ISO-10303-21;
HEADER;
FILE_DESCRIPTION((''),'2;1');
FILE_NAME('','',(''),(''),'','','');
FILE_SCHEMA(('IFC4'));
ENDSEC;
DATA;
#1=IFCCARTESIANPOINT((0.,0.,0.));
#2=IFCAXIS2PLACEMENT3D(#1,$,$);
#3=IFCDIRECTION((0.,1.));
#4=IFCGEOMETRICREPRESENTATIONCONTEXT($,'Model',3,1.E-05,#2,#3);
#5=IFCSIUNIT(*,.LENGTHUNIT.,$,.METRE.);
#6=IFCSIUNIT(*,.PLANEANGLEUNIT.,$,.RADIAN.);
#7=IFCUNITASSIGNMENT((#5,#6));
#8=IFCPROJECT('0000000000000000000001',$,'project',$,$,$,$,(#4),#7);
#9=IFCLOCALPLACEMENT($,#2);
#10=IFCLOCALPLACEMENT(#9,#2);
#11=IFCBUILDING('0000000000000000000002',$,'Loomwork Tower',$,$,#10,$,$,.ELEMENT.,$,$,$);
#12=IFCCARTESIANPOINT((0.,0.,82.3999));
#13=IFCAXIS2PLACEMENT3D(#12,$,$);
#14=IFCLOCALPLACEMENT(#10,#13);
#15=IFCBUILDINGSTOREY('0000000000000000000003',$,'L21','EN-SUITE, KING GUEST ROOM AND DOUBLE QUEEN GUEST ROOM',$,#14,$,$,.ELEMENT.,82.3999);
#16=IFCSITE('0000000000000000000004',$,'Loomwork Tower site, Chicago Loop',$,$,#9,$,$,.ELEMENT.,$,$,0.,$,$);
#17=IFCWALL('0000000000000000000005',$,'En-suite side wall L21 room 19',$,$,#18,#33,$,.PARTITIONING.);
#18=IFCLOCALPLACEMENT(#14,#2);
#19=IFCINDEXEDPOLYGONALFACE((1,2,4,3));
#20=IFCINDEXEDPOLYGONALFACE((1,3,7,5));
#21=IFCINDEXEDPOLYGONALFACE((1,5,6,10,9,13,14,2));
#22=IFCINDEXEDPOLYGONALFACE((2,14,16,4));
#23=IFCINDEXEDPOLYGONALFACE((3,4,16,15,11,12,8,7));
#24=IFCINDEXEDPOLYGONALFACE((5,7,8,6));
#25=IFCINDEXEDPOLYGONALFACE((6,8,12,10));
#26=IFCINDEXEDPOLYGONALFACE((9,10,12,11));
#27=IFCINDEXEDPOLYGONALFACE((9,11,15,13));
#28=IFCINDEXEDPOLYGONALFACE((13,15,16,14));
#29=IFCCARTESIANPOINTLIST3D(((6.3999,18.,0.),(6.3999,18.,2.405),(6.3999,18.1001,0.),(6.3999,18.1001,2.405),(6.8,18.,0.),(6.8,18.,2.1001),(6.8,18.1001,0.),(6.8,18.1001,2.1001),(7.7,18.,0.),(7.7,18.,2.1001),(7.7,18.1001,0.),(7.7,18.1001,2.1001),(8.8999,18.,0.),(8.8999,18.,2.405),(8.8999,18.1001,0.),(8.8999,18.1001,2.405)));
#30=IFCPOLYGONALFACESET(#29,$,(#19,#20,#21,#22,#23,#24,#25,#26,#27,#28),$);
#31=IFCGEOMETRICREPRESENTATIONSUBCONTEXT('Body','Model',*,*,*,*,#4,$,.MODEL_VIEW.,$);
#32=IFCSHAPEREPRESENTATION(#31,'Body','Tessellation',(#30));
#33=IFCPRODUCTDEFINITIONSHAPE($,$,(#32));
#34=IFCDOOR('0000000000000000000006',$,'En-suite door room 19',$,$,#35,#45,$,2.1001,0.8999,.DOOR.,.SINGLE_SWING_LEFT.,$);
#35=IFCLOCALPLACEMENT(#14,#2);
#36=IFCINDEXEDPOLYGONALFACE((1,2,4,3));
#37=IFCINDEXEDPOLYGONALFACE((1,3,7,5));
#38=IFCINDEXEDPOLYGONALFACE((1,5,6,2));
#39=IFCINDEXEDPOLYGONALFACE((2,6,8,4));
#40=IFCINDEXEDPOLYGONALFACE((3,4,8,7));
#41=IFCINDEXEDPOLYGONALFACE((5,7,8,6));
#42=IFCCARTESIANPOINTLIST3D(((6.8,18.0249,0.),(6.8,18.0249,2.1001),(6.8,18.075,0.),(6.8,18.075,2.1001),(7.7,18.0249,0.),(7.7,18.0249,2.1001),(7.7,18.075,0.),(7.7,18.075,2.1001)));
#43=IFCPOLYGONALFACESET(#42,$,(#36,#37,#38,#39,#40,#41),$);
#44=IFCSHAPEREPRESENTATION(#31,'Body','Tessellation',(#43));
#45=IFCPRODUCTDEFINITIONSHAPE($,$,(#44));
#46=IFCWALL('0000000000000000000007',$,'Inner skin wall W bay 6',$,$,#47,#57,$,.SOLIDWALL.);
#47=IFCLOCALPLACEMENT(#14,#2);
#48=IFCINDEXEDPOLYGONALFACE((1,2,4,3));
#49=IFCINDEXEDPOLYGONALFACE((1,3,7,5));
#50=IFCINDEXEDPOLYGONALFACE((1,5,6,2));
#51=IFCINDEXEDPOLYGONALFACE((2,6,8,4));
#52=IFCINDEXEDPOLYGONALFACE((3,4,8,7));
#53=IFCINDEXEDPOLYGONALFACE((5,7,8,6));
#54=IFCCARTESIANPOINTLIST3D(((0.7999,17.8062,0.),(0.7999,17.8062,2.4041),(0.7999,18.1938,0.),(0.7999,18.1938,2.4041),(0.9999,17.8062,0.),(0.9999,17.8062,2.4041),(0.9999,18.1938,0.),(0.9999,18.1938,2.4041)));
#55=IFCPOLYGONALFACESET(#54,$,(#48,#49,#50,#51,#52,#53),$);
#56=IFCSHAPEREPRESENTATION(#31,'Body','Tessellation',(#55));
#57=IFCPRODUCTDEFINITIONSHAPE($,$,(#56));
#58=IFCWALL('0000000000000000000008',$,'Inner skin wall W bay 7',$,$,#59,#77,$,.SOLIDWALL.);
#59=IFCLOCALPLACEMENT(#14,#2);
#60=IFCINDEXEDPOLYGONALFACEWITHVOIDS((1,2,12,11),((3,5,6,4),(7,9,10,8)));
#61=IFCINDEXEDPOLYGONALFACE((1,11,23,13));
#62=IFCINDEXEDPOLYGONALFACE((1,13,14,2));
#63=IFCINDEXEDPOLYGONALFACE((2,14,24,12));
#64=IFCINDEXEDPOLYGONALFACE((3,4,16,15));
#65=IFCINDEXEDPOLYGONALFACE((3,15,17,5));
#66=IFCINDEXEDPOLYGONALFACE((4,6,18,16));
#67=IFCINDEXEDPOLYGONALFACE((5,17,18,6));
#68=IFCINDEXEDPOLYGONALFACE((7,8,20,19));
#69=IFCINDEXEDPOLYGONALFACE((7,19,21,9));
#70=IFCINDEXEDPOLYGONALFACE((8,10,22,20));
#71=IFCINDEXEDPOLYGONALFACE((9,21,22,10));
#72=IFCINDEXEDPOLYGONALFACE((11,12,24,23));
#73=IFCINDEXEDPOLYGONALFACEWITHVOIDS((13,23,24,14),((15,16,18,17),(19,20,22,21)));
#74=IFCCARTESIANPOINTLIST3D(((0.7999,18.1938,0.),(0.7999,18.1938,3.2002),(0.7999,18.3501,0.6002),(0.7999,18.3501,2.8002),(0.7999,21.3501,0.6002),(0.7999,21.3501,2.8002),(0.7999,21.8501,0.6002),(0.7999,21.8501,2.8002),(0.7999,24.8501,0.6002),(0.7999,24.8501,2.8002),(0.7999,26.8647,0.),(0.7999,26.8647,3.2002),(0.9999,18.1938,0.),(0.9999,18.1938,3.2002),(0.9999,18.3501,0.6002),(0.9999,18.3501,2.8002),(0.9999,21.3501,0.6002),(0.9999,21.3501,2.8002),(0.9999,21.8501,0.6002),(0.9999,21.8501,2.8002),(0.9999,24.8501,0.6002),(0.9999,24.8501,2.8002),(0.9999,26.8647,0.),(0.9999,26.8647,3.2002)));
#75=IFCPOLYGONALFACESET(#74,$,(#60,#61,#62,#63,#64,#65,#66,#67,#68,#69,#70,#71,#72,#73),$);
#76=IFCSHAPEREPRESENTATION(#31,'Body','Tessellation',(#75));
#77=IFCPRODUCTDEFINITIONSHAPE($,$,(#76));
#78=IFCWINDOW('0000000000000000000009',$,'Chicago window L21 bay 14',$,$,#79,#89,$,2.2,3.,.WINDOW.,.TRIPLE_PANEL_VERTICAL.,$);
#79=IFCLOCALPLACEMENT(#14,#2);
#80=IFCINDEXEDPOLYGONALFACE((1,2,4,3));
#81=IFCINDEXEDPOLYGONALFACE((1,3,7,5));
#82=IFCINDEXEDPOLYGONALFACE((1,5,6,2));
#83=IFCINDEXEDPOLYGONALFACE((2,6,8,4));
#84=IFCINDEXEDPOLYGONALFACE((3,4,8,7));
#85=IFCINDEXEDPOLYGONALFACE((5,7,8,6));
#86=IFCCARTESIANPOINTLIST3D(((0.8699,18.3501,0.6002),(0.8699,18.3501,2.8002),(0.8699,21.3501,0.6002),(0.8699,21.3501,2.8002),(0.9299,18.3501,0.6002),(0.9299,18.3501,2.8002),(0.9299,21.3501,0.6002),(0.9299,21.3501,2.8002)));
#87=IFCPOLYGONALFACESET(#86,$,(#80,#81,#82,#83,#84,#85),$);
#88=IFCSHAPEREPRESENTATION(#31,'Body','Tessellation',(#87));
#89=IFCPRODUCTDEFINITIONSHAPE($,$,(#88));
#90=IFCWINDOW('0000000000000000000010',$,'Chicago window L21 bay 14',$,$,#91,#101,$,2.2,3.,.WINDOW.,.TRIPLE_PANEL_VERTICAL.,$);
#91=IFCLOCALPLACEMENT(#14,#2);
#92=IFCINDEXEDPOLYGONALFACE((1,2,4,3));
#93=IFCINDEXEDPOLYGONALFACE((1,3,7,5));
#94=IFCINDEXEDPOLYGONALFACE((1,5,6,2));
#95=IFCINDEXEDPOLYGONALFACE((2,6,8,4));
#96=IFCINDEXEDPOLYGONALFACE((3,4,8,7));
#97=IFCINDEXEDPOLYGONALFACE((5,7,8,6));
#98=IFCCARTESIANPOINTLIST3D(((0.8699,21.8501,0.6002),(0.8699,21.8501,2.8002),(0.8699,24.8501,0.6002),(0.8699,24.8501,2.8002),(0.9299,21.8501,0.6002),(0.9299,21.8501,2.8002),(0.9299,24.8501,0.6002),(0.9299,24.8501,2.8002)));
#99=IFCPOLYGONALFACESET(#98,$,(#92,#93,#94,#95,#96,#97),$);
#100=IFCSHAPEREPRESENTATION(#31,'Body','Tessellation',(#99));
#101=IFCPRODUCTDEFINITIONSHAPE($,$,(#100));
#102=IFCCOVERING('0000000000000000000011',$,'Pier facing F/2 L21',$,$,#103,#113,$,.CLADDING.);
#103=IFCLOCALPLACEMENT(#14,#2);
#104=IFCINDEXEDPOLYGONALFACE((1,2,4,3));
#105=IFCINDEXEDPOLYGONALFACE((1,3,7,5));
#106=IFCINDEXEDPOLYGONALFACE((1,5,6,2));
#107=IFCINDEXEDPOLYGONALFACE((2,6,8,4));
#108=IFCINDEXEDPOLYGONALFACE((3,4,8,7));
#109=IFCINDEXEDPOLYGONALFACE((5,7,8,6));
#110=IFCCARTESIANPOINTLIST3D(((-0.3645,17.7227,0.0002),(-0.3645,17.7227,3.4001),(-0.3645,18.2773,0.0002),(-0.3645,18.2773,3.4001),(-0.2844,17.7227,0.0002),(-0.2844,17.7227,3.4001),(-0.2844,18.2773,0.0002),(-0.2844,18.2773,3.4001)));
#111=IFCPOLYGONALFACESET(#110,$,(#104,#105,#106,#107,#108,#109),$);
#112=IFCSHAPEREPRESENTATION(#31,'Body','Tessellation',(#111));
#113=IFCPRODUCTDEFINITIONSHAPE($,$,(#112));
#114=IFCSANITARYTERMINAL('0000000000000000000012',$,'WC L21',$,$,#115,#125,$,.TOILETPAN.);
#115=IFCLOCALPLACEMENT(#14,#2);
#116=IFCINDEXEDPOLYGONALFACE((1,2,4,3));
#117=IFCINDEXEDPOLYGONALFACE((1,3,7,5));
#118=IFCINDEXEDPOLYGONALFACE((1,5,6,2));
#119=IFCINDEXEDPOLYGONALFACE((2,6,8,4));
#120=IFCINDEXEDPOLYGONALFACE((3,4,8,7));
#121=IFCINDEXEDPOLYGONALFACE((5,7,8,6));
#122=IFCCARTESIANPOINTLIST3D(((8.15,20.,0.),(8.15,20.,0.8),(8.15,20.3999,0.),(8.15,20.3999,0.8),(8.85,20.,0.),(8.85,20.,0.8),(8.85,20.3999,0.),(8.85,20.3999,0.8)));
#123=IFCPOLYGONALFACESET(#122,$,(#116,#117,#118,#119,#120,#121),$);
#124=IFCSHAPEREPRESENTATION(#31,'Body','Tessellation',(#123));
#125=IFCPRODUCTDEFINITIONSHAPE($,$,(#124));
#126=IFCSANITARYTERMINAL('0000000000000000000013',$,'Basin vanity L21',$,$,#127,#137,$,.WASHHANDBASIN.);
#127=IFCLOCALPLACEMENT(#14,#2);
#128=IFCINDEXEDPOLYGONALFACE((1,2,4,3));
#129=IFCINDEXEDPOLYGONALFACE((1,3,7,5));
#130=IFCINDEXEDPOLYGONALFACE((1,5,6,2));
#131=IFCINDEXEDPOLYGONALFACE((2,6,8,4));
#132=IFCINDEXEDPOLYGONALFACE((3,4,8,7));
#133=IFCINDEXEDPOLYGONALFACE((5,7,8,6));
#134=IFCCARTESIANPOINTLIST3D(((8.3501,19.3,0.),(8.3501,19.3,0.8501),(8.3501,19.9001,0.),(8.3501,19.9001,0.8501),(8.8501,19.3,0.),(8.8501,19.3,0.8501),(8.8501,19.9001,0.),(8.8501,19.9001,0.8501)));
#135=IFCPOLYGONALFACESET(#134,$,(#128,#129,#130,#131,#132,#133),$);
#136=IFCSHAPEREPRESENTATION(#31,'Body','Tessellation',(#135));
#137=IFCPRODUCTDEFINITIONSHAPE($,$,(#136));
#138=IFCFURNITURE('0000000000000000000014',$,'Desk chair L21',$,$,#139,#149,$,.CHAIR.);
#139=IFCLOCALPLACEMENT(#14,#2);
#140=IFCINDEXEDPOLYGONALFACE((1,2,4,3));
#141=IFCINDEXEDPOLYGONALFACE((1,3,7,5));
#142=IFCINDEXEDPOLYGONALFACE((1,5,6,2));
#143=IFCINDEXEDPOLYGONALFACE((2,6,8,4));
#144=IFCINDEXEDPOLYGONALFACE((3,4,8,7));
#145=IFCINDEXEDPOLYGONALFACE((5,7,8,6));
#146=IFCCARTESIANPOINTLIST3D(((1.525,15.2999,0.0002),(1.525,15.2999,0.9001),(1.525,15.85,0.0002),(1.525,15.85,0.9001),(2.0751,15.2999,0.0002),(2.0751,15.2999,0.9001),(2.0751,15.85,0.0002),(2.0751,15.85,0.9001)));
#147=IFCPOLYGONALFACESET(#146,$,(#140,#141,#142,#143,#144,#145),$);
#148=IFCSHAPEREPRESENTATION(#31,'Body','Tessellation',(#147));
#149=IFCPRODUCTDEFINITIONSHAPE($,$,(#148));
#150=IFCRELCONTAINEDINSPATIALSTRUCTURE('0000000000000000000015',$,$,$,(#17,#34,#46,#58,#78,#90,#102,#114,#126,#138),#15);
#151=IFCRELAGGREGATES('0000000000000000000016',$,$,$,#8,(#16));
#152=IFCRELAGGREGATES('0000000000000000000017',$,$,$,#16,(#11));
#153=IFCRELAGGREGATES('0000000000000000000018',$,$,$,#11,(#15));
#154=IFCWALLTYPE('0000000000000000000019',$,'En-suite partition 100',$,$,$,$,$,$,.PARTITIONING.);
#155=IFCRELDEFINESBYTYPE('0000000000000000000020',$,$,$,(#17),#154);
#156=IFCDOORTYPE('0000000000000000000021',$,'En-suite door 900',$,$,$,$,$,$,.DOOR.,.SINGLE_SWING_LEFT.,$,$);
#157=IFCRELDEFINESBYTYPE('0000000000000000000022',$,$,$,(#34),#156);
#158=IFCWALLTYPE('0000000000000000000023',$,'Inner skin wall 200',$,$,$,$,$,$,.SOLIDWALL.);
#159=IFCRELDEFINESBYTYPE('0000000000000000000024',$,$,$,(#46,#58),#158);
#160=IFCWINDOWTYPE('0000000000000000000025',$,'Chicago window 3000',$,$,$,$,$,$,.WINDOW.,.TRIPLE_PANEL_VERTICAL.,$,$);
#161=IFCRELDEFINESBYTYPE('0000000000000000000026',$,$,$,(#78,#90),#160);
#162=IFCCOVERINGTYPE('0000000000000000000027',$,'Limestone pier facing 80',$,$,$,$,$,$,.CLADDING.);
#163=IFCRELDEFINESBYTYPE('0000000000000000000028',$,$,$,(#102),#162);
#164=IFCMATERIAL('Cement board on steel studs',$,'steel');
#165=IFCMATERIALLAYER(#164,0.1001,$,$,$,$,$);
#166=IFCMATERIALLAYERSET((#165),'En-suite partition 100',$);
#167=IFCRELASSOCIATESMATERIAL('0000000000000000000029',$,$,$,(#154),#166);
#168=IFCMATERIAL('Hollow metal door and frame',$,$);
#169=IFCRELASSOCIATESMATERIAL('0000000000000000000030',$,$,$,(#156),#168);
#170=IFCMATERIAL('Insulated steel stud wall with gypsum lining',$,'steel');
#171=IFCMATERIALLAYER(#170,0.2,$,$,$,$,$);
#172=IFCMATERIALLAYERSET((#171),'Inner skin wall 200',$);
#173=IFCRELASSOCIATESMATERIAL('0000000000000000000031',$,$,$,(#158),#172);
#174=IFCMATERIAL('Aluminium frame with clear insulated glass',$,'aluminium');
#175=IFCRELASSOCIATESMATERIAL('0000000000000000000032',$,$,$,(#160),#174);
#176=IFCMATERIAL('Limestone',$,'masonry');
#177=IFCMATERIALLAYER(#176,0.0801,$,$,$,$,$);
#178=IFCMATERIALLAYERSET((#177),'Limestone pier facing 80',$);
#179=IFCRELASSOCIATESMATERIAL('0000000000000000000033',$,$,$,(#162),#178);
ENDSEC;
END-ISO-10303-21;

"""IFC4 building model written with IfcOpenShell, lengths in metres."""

from ifc_helpers import new_model, si_unit, direction, frame, frame_2d, origin, origin_2d, place, context, subcontext, project, spatial, rectangle, extrude, material, layer, layer_set, type_object, element, fill, save


model = new_model("IFC4")

# Units and contexts
model_context = context("Model", 3, precision=1e-05, world=origin(), true_north=direction((0.0, 1.0)))
body_context = subcontext(model_context, "Body", "Model", "MODEL_VIEW")
ifc_project = project(units=[si_unit("LENGTHUNIT", "METRE"), si_unit("PLANEANGLEUNIT", "RADIAN")], contexts=[model_context])

# Site, building, storey
site_placement = place(None, origin())
site = spatial("IfcSite", under=ifc_project, at=site_placement, Name="Loomwork Tower site, Chicago Loop", CompositionType="ELEMENT", RefElevation=0.0)
building_placement = place(site_placement, origin())
building = spatial("IfcBuilding", under=site, at=building_placement, Name="Loomwork Tower", CompositionType="ELEMENT")
storey_placement = place(building_placement, frame((0.0, 0.0, 82.3999)))
storey = spatial("IfcBuildingStorey", under=building, at=storey_placement, Name="L21", Description="EN-SUITE, KING GUEST ROOM AND DOUBLE QUEEN GUEST ROOM", CompositionType="ELEMENT", Elevation=82.3999)

# Shared definitions
ifc_material_1 = material(Name="Cement board on steel studs", Category="steel")
ifc_layer_1 = layer(ifc_material_1, 0.1001)
ifc_layer_set_1 = layer_set([ifc_layer_1], Name="En-suite partition 100")
wall_type_1 = type_object("IfcWallType", Name="En-suite partition 100", PredefinedType="PARTITIONING", material=ifc_layer_set_1)

# Wall, opening, door
wall_1_placement = place(storey_placement, frame((8.8999, 18.05, 0.0), z_axis=(0.0, 0.0, 1.0), x_axis=(-1.0, 0.0, 0.0)))
wall_1 = element("IfcWall", 1, at=wall_1_placement, inside=storey, type_object=wall_type_1, Name="En-suite side wall L21 room 19", PredefinedType="PARTITIONING", context=body_context, shape_type="SweptSolid", body=[
    extrude(rectangle(XDim=2.5, YDim=0.1001, at=frame_2d((1.25, 0.0))), origin(), (0.0, 0.0, 1.0), 2.405),
])
opening_1_placement = place(wall_1_placement, frame((1.2, 0.0, 0.0)))
opening_1 = element("IfcOpeningElement", 2, at=opening_1_placement, cuts=wall_1, PredefinedType="OPENING", context=body_context, shape_type="SweptSolid", body=[
    extrude(rectangle(XDim=0.8999, YDim=2.1001, at=frame_2d((0.45, 1.05))), frame((0.0, 0.0601, 0.0), z_axis=(0.0, -1.0, 0.0), x_axis=(1.0, 0.0, 0.0)), (0.0, 0.0, 1.0), 0.1201),
])
ifc_material_2 = material(Name="Hollow metal door and frame")
door_type = type_object("IfcDoorType", Name="En-suite door 900", OperationType="SINGLE_SWING_LEFT", PredefinedType="DOOR", material=ifc_material_2)
door_placement = place(opening_1_placement, frame((0.8999, 0.0, 0.0), z_axis=(0.0, 0.0, 1.0), x_axis=(-1.0, 0.0, 0.0)))
door = element("IfcDoor", 3, at=door_placement, inside=storey, type_object=door_type, Name="En-suite door room 19", OperationType="SINGLE_SWING_LEFT", OverallHeight=2.1001, OverallWidth=0.8999, PredefinedType="DOOR", context=body_context, shape_type="SweptSolid", body=[
    extrude(rectangle(XDim=0.8999, YDim=2.1001, at=frame_2d((0.45, 1.05))), frame((0.0, 0.0249, 0.0), z_axis=(0.0, -1.0, 0.0), x_axis=(1.0, 0.0, 0.0)), (0.0, 0.0, 1.0), 0.05),
])
fill(opening_1, door)

# Wall
ifc_material_3 = material(Name="Insulated steel stud wall with gypsum lining", Category="steel")
ifc_layer_2 = layer(ifc_material_3, 0.2)
ifc_layer_set_2 = layer_set([ifc_layer_2], Name="Inner skin wall 200")
wall_type_2 = type_object("IfcWallType", Name="Inner skin wall 200", PredefinedType="SOLIDWALL", material=ifc_layer_set_2)
wall_2_placement = place(storey_placement, frame((0.8999, 17.8062, 0.0), z_axis=(0.0, 0.0, 1.0), x_axis=(0.0, 1.0, 0.0)))
element("IfcWall", 4, at=wall_2_placement, inside=storey, type_object=wall_type_2, Name="Inner skin wall W bay 6", PredefinedType="SOLIDWALL", context=body_context, shape_type="SweptSolid", body=[
    extrude(rectangle(XDim=0.3877, YDim=0.2, at=frame_2d((0.1938, 0.0))), origin(), (0.0, 0.0, 1.0), 2.4041),
])

# Wall, openings, windows
wall_3_placement = place(storey_placement, frame((0.8999, 18.1938, 0.0), z_axis=(0.0, 0.0, 1.0), x_axis=(0.0, 1.0, 0.0)))
wall_3 = element("IfcWall", 5, at=wall_3_placement, inside=storey, type_object=wall_type_2, Name="Inner skin wall W bay 7", PredefinedType="SOLIDWALL", context=body_context, shape_type="SweptSolid", body=[
    extrude(rectangle(XDim=8.6709, YDim=0.2, at=frame_2d((4.3354, 0.0))), origin(), (0.0, 0.0, 1.0), 3.2002),
])
opening_2_placement = place(wall_3_placement, frame((0.1562, 0.0, 0.6001)))
opening_2 = element("IfcOpeningElement", 6, at=opening_2_placement, cuts=wall_3, PredefinedType="OPENING", context=body_context, shape_type="SweptSolid", body=[
    extrude(rectangle(XDim=3.0, YDim=2.2, at=frame_2d((1.5, 1.1001))), frame((0.0, 0.1099, 0.0), z_axis=(0.0, -1.0, 0.0), x_axis=(1.0, 0.0, 0.0)), (0.0, 0.0, 1.0), 0.22),
])
opening_3_placement = place(wall_3_placement, frame((3.6562, 0.0, 0.6001)))
opening_3 = element("IfcOpeningElement", 7, at=opening_3_placement, cuts=wall_3, PredefinedType="OPENING", context=body_context, shape_type="SweptSolid", body=[
    extrude(rectangle(XDim=3.0, YDim=2.2, at=frame_2d((1.5, 1.1001))), frame((0.0, 0.1099, 0.0), z_axis=(0.0, -1.0, 0.0), x_axis=(1.0, 0.0, 0.0)), (0.0, 0.0, 1.0), 0.22),
])
ifc_material_4 = material(Name="Aluminium frame with clear insulated glass", Category="aluminium")
window_type = type_object("IfcWindowType", Name="Chicago window 3000", PartitioningType="TRIPLE_PANEL_VERTICAL", PredefinedType="WINDOW", material=ifc_material_4)
window_1_placement = place(opening_2_placement, origin())
window_1 = element("IfcWindow", 8, at=window_1_placement, inside=storey, type_object=window_type, Name="Chicago window L21 bay 14", OverallHeight=2.2, OverallWidth=3.0, PartitioningType="TRIPLE_PANEL_VERTICAL", PredefinedType="WINDOW", context=body_context, shape_type="SweptSolid", body=[
    extrude(rectangle(XDim=3.0, YDim=2.2, at=frame_2d((1.5, 1.1001))), frame((0.0, 0.03, 0.0), z_axis=(0.0, -1.0, 0.0), x_axis=(1.0, 0.0, 0.0)), (0.0, 0.0, 1.0), 0.0601),
])
fill(opening_2, window_1)
window_2_placement = place(opening_3_placement, origin())
window_2 = element("IfcWindow", 9, at=window_2_placement, inside=storey, type_object=window_type, Name="Chicago window L21 bay 14", OverallHeight=2.2, OverallWidth=3.0, PartitioningType="TRIPLE_PANEL_VERTICAL", PredefinedType="WINDOW", context=body_context, shape_type="SweptSolid", body=[
    extrude(rectangle(XDim=3.0, YDim=2.2, at=frame_2d((1.5, 1.1001))), frame((0.0, 0.03, 0.0), z_axis=(0.0, -1.0, 0.0), x_axis=(1.0, 0.0, 0.0)), (0.0, 0.0, 1.0), 0.0601),
])
fill(opening_3, window_2)

# Covering
ifc_material_5 = material(Name="Limestone", Category="masonry")
ifc_layer_3 = layer(ifc_material_5, 0.0801)
ifc_layer_set_3 = layer_set([ifc_layer_3], Name="Limestone pier facing 80")
covering_type = type_object("IfcCoveringType", Name="Limestone pier facing 80", PredefinedType="CLADDING", material=ifc_layer_set_3)
covering_placement = place(storey_placement, frame((-0.3245, 18.0, 0.0002), z_axis=(0.0, 0.0, 1.0), x_axis=(1.0, 0.0, 0.0)))
element("IfcCovering", 10, at=covering_placement, inside=storey, type_object=covering_type, Name="Pier facing F/2 L21", PredefinedType="CLADDING", context=body_context, shape_type="SweptSolid", body=[
    extrude(rectangle(XDim=0.0801, YDim=0.5547, at=origin_2d()), origin(), (0.0, 0.0, 1.0), 3.3999),
])

# Sanitary terminals
sanitary_terminal_1_placement = place(storey_placement, frame((8.5, 20.2, 0.0), z_axis=(0.0, 0.0, 1.0), x_axis=(1.0, 0.0, 0.0)))
element("IfcSanitaryTerminal", 11, at=sanitary_terminal_1_placement, inside=storey, Name="WC L21", PredefinedType="TOILETPAN", context=body_context, shape_type="SweptSolid", body=[
    extrude(rectangle(XDim=0.7, YDim=0.3999, at=origin_2d()), origin(), (0.0, 0.0, 1.0), 0.8),
])
sanitary_terminal_2_placement = place(storey_placement, frame((8.6001, 19.6001, 0.0), z_axis=(0.0, 0.0, 1.0), x_axis=(1.0, 0.0, 0.0)))
element("IfcSanitaryTerminal", 12, at=sanitary_terminal_2_placement, inside=storey, Name="Basin vanity L21", PredefinedType="WASHHANDBASIN", context=body_context, shape_type="SweptSolid", body=[
    extrude(rectangle(XDim=0.5, YDim=0.6001, at=origin_2d()), origin(), (0.0, 0.0, 1.0), 0.8501),
])

# Furniture
furniture_placement = place(storey_placement, frame((1.8, 15.575, 0.0002), z_axis=(0.0, 0.0, 1.0), x_axis=(1.0, 0.0, 0.0)))
element("IfcFurniture", 13, at=furniture_placement, inside=storey, Name="Desk chair L21", PredefinedType="CHAIR", context=body_context, shape_type="SweptSolid", body=[
    extrude(rectangle(XDim=0.55, YDim=0.55, at=origin_2d()), origin(), (0.0, 0.0, 1.0), 0.8999),
])

save(model, "model.ifc")
